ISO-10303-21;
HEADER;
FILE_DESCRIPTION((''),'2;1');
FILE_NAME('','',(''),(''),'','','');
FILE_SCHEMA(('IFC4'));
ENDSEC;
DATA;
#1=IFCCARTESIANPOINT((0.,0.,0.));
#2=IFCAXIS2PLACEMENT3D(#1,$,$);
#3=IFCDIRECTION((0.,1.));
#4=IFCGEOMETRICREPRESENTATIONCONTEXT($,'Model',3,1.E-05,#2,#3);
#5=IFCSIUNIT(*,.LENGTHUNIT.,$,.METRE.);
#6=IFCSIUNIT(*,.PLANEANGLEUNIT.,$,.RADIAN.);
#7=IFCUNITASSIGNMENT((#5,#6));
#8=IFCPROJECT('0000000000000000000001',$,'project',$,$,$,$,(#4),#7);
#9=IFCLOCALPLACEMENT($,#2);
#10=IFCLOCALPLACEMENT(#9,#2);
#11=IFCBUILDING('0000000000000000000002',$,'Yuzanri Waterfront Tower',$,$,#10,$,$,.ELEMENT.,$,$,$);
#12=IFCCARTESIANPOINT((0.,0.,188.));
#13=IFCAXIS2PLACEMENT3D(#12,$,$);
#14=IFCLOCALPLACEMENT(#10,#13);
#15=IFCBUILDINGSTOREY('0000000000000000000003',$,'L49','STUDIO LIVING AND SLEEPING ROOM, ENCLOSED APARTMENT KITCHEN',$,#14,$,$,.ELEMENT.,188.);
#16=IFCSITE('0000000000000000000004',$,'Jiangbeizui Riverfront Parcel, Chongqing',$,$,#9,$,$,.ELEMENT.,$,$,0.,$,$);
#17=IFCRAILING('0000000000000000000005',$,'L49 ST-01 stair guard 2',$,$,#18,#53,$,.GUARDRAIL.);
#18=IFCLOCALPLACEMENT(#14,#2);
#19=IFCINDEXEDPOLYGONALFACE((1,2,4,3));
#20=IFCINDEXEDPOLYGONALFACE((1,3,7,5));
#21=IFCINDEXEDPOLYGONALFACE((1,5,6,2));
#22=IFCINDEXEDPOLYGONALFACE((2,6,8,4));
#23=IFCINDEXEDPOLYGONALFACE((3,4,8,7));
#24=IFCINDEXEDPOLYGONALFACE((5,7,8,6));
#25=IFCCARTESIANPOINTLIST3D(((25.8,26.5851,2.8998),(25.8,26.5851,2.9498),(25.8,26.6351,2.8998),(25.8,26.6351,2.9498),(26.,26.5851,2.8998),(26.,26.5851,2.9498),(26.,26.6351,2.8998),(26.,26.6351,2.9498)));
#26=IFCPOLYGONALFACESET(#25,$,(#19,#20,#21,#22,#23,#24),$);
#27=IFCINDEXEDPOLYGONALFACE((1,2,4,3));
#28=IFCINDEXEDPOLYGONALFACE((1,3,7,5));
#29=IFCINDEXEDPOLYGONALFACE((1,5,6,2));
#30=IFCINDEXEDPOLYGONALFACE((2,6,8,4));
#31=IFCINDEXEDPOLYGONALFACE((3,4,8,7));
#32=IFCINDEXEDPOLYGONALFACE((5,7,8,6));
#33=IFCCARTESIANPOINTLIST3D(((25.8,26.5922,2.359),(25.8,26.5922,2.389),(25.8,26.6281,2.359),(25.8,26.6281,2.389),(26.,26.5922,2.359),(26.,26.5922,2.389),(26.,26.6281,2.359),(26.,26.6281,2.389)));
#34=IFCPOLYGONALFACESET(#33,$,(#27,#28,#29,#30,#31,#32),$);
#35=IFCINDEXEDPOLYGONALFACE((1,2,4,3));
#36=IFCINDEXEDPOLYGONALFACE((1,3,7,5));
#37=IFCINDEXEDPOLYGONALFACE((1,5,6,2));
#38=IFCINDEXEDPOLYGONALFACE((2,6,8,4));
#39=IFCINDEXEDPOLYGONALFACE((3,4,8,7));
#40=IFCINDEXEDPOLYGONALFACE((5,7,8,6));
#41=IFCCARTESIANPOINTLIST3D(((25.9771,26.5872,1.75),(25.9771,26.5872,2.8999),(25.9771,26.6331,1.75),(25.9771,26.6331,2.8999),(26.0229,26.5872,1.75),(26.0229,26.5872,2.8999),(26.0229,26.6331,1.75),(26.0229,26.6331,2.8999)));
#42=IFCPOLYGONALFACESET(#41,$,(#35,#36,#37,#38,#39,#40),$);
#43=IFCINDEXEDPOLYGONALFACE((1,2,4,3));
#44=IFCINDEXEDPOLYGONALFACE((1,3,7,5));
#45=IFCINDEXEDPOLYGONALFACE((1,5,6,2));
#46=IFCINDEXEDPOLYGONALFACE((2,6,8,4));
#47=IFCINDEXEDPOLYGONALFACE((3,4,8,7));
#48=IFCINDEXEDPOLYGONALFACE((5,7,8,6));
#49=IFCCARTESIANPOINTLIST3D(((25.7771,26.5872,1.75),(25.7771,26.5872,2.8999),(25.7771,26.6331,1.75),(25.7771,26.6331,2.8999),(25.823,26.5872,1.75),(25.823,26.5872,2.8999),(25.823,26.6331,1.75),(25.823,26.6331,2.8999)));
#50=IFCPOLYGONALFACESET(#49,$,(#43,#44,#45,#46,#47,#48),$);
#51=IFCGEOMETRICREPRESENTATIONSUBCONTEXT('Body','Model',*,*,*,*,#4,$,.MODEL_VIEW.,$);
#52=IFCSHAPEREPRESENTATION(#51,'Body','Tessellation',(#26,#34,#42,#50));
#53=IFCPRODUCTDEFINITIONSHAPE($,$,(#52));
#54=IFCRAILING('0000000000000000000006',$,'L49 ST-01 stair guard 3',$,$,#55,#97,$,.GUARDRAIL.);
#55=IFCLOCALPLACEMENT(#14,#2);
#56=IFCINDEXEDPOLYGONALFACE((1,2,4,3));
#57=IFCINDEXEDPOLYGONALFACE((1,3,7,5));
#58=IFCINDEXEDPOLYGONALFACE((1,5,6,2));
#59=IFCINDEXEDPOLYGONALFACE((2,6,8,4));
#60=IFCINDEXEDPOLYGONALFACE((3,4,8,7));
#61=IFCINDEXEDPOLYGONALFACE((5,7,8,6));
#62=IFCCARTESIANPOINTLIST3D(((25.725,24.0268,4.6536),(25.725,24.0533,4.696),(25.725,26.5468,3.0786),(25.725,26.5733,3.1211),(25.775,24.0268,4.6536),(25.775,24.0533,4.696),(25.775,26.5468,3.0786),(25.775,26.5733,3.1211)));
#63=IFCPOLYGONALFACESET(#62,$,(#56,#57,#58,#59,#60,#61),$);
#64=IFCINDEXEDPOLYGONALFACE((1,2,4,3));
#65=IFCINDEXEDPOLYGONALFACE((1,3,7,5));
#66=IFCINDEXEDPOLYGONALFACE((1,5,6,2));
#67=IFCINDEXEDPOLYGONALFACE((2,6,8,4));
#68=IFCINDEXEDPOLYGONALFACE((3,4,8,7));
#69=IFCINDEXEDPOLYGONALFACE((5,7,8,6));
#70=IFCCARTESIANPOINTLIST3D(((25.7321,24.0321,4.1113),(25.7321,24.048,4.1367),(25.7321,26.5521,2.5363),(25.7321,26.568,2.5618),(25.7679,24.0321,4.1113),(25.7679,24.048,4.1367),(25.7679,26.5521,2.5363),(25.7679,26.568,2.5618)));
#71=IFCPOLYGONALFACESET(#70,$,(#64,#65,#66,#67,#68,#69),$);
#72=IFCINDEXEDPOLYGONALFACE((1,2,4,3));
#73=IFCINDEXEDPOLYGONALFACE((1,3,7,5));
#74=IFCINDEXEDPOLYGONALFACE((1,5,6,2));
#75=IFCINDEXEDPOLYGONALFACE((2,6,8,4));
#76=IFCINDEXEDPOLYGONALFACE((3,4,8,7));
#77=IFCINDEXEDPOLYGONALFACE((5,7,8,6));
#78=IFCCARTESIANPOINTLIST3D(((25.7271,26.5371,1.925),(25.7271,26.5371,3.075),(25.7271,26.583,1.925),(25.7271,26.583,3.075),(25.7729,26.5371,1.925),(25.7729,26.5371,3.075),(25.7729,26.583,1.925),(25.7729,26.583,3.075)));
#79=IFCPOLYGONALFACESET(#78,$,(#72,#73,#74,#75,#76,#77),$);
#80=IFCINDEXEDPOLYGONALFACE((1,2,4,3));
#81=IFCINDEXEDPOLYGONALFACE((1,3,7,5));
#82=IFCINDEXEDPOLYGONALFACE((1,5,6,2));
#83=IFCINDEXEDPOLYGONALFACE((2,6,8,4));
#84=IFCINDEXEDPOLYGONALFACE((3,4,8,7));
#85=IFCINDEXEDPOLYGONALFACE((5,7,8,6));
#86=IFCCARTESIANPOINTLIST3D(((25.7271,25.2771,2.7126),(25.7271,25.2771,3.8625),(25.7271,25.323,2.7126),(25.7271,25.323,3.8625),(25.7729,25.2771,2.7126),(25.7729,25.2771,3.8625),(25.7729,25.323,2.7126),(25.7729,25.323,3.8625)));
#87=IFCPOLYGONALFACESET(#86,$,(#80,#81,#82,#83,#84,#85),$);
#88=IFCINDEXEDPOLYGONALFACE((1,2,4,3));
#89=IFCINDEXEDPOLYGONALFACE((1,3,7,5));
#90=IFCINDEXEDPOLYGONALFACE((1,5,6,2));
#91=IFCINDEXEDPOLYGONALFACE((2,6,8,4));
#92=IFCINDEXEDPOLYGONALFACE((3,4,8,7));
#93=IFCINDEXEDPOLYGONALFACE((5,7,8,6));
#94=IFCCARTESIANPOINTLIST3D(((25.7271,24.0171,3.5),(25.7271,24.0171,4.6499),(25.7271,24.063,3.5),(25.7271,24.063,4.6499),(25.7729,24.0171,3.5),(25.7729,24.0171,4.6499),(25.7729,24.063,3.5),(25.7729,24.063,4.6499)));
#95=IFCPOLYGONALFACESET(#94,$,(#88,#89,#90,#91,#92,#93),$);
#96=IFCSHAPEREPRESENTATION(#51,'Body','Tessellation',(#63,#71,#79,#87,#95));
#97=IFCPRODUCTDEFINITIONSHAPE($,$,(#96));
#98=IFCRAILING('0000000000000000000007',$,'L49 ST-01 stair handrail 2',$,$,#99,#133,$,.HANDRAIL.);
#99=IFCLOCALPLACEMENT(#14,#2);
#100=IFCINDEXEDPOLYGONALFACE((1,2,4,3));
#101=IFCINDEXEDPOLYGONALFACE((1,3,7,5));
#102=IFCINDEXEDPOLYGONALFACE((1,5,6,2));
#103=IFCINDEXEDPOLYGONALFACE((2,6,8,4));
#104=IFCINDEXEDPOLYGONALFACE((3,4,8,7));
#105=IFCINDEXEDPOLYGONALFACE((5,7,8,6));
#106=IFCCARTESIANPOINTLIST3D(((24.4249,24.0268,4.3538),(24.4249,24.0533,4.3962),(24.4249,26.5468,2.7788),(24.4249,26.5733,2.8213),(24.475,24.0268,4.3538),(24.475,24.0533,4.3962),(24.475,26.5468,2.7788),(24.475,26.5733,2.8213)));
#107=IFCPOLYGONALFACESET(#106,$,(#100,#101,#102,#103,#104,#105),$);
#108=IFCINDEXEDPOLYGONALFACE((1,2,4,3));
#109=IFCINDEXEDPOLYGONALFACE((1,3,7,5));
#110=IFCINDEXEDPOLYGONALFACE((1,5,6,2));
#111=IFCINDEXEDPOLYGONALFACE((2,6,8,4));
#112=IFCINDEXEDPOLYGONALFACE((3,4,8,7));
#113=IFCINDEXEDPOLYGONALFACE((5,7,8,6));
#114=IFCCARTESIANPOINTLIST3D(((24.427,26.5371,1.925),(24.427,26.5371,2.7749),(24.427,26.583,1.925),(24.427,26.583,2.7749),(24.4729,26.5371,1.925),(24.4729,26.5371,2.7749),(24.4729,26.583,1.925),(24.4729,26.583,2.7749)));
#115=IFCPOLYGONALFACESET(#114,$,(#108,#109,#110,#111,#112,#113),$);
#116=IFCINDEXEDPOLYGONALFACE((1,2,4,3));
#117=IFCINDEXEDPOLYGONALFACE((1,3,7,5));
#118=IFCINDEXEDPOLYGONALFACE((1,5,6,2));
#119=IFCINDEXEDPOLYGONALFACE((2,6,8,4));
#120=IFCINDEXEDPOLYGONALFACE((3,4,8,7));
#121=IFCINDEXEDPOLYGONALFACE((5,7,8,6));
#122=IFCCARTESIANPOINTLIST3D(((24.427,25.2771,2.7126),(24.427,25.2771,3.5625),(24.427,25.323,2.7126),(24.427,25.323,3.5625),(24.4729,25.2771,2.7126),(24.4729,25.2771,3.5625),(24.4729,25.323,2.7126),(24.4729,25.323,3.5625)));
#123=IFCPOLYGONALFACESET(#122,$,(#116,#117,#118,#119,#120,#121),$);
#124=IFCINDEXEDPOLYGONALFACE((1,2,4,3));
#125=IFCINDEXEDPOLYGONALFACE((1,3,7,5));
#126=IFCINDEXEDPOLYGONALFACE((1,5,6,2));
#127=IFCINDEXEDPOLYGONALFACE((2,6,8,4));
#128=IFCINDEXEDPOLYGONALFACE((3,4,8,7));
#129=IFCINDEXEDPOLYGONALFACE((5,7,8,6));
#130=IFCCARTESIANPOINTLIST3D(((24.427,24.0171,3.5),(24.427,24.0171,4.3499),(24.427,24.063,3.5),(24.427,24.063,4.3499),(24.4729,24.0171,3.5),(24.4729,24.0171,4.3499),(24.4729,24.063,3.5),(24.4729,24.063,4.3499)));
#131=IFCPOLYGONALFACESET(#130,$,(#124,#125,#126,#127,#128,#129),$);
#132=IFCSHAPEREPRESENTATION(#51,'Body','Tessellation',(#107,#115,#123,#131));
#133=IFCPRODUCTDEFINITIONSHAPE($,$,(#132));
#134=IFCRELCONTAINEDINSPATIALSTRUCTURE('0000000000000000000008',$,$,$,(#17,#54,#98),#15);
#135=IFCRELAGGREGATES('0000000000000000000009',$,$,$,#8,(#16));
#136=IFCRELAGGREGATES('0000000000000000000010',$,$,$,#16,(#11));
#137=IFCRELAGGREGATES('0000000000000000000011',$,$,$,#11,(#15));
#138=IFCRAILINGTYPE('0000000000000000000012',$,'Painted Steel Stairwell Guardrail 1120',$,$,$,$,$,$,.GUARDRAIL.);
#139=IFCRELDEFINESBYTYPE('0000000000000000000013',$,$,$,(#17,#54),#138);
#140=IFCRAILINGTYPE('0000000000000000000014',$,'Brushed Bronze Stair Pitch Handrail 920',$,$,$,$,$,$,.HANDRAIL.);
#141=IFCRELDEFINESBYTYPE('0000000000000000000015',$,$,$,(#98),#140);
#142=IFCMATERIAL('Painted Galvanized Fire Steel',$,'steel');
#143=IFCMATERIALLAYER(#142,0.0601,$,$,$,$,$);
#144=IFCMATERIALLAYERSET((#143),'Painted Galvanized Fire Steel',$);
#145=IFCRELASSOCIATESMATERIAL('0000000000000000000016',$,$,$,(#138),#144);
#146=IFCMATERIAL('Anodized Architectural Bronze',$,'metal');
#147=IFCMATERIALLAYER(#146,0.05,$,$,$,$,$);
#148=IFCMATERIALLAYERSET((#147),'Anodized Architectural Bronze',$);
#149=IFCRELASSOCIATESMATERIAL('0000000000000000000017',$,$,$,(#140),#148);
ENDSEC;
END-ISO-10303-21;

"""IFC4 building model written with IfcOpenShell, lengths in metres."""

from ifc_helpers import new_model, si_unit, direction, frame, origin, origin_2d, place, context, subcontext, project, spatial, rectangle, extrude, source, transform, mapped, material, layer, layer_set, type_object, element, save


model = new_model("IFC4")

# Units and contexts
model_context = context("Model", 3, precision=1e-05, world=origin(), true_north=direction((0.0, 1.0)))
body_context = subcontext(model_context, "Body", "Model", "MODEL_VIEW")
ifc_project = project(units=[si_unit("LENGTHUNIT", "METRE"), si_unit("PLANEANGLEUNIT", "RADIAN")], contexts=[model_context])

# Site, building, storey
site_placement = place(None, origin())
site = spatial("IfcSite", under=ifc_project, at=site_placement, Name="Jiangbeizui Riverfront Parcel, Chongqing", CompositionType="ELEMENT", RefElevation=0.0)
building_placement = place(site_placement, origin())
building = spatial("IfcBuilding", under=site, at=building_placement, Name="Yuzanri Waterfront Tower", CompositionType="ELEMENT")
storey_placement = place(building_placement, frame((0.0, 0.0, 188.0)))
storey = spatial("IfcBuildingStorey", under=building, at=storey_placement, Name="L49", Description="STUDIO LIVING AND SLEEPING ROOM, ENCLOSED APARTMENT KITCHEN", CompositionType="ELEMENT", Elevation=188.0)

# Railings
ifc_material_1 = material(Name="Painted Galvanized Fire Steel", Category="steel")
ifc_layer_1 = layer(ifc_material_1, 0.0601)
ifc_layer_set_1 = layer_set([ifc_layer_1], Name="Painted Galvanized Fire Steel")
railing_type_1 = type_object("IfcRailingType", Name="Painted Steel Stairwell Guardrail 1120", PredefinedType="GUARDRAIL", material=ifc_layer_set_1)
shared_shape_1 = source(origin(), body_context, "Body", "SweptSolid", [
    extrude(rectangle(XDim=0.05, YDim=0.05, at=origin_2d()), frame((0.0, 0.0, 1.1748), z_axis=(-1.0, 0.0, 0.0), x_axis=(0.0, -1.0, 0.0)), (0.0, 0.0, 1.0), 0.2),
    extrude(rectangle(XDim=0.0359, YDim=0.03, at=origin_2d()), frame((0.0, 0.0, 0.624), z_axis=(-1.0, 0.0, 0.0), x_axis=(0.0, -1.0, 0.0)), (0.0, 0.0, 1.0), 0.2),
    extrude(rectangle(XDim=0.0459, YDim=0.0459, at=origin_2d()), origin(), (0.0, 0.0, 1.0), 1.1499),
    extrude(rectangle(XDim=0.0459, YDim=0.0459, at=origin_2d()), frame((-0.2, 0.0, 0.0)), (0.0, 0.0, 1.0), 1.1499),
])
railing_1_placement = place(storey_placement, frame((26.0, 26.6101, 1.75)))
element("IfcRailing", 1, at=railing_1_placement, inside=storey, type_object=railing_type_1, Name="L49 ST-01 stair guard 2", PredefinedType="GUARDRAIL", context=body_context, shape_type="MappedRepresentation", body=[
    mapped(shared_shape_1, transform((0.0, 0.0, 0.0), scale=1.0)),
])
shared_shape_2 = source(origin(), body_context, "Body", "SweptSolid", [
    extrude(rectangle(XDim=0.05, YDim=0.05, at=origin_2d()), frame((0.0, 0.0, 1.1748), z_axis=(0.0, -0.848008, 0.529984), x_axis=(1.0, 0.0, 0.0)), (0.0, 0.0, 1.0), 2.9717),
    extrude(rectangle(XDim=0.0359, YDim=0.03, at=origin_2d()), frame((0.0, 0.0, 0.624), z_axis=(0.0, -0.848008, 0.529984), x_axis=(1.0, 0.0, 0.0)), (0.0, 0.0, 1.0), 2.9717),
    extrude(rectangle(XDim=0.0459, YDim=0.0459, at=origin_2d()), origin(), (0.0, 0.0, 1.0), 1.1499),
    extrude(rectangle(XDim=0.0459, YDim=0.0459, at=origin_2d()), frame((0.0, -1.26, 0.7876)), (0.0, 0.0, 1.0), 1.1499),
    extrude(rectangle(XDim=0.0459, YDim=0.0459, at=origin_2d()), frame((0.0, -2.52, 1.575)), (0.0, 0.0, 1.0), 1.1499),
])
railing_2_placement = place(storey_placement, frame((25.75, 26.5601, 1.925)))
element("IfcRailing", 2, at=railing_2_placement, inside=storey, type_object=railing_type_1, Name="L49 ST-01 stair guard 3", PredefinedType="GUARDRAIL", context=body_context, shape_type="MappedRepresentation", body=[
    mapped(shared_shape_2, transform((0.0, 0.0, 0.0), scale=1.0)),
])
ifc_material_2 = material(Name="Anodized Architectural Bronze", Category="metal")
ifc_layer_2 = layer(ifc_material_2, 0.05)
ifc_layer_set_2 = layer_set([ifc_layer_2], Name="Anodized Architectural Bronze")
railing_type_2 = type_object("IfcRailingType", Name="Brushed Bronze Stair Pitch Handrail 920", PredefinedType="HANDRAIL", material=ifc_layer_set_2)
shared_shape_3 = source(origin(), body_context, "Body", "SweptSolid", [
    extrude(rectangle(XDim=0.05, YDim=0.05, at=origin_2d()), frame((0.0, 0.0, 0.875), z_axis=(0.0, -0.848008, 0.529984), x_axis=(1.0, 0.0, 0.0)), (0.0, 0.0, 1.0), 2.9717),
    extrude(rectangle(XDim=0.0459, YDim=0.0459, at=origin_2d()), origin(), (0.0, 0.0, 1.0), 0.8499),
    extrude(rectangle(XDim=0.0459, YDim=0.0459, at=origin_2d()), frame((0.0, -1.26, 0.7876)), (0.0, 0.0, 1.0), 0.8499),
    extrude(rectangle(XDim=0.0459, YDim=0.0459, at=origin_2d()), frame((0.0, -2.52, 1.575)), (0.0, 0.0, 1.0), 0.8499),
])
railing_3_placement = place(storey_placement, frame((24.45, 26.5601, 1.925)))
element("IfcRailing", 3, at=railing_3_placement, inside=storey, type_object=railing_type_2, Name="L49 ST-01 stair handrail 2", PredefinedType="HANDRAIL", context=body_context, shape_type="MappedRepresentation", body=[
    mapped(shared_shape_3, transform((0.0, 0.0, 0.0), scale=1.0)),
])

save(model, "model.ifc")
